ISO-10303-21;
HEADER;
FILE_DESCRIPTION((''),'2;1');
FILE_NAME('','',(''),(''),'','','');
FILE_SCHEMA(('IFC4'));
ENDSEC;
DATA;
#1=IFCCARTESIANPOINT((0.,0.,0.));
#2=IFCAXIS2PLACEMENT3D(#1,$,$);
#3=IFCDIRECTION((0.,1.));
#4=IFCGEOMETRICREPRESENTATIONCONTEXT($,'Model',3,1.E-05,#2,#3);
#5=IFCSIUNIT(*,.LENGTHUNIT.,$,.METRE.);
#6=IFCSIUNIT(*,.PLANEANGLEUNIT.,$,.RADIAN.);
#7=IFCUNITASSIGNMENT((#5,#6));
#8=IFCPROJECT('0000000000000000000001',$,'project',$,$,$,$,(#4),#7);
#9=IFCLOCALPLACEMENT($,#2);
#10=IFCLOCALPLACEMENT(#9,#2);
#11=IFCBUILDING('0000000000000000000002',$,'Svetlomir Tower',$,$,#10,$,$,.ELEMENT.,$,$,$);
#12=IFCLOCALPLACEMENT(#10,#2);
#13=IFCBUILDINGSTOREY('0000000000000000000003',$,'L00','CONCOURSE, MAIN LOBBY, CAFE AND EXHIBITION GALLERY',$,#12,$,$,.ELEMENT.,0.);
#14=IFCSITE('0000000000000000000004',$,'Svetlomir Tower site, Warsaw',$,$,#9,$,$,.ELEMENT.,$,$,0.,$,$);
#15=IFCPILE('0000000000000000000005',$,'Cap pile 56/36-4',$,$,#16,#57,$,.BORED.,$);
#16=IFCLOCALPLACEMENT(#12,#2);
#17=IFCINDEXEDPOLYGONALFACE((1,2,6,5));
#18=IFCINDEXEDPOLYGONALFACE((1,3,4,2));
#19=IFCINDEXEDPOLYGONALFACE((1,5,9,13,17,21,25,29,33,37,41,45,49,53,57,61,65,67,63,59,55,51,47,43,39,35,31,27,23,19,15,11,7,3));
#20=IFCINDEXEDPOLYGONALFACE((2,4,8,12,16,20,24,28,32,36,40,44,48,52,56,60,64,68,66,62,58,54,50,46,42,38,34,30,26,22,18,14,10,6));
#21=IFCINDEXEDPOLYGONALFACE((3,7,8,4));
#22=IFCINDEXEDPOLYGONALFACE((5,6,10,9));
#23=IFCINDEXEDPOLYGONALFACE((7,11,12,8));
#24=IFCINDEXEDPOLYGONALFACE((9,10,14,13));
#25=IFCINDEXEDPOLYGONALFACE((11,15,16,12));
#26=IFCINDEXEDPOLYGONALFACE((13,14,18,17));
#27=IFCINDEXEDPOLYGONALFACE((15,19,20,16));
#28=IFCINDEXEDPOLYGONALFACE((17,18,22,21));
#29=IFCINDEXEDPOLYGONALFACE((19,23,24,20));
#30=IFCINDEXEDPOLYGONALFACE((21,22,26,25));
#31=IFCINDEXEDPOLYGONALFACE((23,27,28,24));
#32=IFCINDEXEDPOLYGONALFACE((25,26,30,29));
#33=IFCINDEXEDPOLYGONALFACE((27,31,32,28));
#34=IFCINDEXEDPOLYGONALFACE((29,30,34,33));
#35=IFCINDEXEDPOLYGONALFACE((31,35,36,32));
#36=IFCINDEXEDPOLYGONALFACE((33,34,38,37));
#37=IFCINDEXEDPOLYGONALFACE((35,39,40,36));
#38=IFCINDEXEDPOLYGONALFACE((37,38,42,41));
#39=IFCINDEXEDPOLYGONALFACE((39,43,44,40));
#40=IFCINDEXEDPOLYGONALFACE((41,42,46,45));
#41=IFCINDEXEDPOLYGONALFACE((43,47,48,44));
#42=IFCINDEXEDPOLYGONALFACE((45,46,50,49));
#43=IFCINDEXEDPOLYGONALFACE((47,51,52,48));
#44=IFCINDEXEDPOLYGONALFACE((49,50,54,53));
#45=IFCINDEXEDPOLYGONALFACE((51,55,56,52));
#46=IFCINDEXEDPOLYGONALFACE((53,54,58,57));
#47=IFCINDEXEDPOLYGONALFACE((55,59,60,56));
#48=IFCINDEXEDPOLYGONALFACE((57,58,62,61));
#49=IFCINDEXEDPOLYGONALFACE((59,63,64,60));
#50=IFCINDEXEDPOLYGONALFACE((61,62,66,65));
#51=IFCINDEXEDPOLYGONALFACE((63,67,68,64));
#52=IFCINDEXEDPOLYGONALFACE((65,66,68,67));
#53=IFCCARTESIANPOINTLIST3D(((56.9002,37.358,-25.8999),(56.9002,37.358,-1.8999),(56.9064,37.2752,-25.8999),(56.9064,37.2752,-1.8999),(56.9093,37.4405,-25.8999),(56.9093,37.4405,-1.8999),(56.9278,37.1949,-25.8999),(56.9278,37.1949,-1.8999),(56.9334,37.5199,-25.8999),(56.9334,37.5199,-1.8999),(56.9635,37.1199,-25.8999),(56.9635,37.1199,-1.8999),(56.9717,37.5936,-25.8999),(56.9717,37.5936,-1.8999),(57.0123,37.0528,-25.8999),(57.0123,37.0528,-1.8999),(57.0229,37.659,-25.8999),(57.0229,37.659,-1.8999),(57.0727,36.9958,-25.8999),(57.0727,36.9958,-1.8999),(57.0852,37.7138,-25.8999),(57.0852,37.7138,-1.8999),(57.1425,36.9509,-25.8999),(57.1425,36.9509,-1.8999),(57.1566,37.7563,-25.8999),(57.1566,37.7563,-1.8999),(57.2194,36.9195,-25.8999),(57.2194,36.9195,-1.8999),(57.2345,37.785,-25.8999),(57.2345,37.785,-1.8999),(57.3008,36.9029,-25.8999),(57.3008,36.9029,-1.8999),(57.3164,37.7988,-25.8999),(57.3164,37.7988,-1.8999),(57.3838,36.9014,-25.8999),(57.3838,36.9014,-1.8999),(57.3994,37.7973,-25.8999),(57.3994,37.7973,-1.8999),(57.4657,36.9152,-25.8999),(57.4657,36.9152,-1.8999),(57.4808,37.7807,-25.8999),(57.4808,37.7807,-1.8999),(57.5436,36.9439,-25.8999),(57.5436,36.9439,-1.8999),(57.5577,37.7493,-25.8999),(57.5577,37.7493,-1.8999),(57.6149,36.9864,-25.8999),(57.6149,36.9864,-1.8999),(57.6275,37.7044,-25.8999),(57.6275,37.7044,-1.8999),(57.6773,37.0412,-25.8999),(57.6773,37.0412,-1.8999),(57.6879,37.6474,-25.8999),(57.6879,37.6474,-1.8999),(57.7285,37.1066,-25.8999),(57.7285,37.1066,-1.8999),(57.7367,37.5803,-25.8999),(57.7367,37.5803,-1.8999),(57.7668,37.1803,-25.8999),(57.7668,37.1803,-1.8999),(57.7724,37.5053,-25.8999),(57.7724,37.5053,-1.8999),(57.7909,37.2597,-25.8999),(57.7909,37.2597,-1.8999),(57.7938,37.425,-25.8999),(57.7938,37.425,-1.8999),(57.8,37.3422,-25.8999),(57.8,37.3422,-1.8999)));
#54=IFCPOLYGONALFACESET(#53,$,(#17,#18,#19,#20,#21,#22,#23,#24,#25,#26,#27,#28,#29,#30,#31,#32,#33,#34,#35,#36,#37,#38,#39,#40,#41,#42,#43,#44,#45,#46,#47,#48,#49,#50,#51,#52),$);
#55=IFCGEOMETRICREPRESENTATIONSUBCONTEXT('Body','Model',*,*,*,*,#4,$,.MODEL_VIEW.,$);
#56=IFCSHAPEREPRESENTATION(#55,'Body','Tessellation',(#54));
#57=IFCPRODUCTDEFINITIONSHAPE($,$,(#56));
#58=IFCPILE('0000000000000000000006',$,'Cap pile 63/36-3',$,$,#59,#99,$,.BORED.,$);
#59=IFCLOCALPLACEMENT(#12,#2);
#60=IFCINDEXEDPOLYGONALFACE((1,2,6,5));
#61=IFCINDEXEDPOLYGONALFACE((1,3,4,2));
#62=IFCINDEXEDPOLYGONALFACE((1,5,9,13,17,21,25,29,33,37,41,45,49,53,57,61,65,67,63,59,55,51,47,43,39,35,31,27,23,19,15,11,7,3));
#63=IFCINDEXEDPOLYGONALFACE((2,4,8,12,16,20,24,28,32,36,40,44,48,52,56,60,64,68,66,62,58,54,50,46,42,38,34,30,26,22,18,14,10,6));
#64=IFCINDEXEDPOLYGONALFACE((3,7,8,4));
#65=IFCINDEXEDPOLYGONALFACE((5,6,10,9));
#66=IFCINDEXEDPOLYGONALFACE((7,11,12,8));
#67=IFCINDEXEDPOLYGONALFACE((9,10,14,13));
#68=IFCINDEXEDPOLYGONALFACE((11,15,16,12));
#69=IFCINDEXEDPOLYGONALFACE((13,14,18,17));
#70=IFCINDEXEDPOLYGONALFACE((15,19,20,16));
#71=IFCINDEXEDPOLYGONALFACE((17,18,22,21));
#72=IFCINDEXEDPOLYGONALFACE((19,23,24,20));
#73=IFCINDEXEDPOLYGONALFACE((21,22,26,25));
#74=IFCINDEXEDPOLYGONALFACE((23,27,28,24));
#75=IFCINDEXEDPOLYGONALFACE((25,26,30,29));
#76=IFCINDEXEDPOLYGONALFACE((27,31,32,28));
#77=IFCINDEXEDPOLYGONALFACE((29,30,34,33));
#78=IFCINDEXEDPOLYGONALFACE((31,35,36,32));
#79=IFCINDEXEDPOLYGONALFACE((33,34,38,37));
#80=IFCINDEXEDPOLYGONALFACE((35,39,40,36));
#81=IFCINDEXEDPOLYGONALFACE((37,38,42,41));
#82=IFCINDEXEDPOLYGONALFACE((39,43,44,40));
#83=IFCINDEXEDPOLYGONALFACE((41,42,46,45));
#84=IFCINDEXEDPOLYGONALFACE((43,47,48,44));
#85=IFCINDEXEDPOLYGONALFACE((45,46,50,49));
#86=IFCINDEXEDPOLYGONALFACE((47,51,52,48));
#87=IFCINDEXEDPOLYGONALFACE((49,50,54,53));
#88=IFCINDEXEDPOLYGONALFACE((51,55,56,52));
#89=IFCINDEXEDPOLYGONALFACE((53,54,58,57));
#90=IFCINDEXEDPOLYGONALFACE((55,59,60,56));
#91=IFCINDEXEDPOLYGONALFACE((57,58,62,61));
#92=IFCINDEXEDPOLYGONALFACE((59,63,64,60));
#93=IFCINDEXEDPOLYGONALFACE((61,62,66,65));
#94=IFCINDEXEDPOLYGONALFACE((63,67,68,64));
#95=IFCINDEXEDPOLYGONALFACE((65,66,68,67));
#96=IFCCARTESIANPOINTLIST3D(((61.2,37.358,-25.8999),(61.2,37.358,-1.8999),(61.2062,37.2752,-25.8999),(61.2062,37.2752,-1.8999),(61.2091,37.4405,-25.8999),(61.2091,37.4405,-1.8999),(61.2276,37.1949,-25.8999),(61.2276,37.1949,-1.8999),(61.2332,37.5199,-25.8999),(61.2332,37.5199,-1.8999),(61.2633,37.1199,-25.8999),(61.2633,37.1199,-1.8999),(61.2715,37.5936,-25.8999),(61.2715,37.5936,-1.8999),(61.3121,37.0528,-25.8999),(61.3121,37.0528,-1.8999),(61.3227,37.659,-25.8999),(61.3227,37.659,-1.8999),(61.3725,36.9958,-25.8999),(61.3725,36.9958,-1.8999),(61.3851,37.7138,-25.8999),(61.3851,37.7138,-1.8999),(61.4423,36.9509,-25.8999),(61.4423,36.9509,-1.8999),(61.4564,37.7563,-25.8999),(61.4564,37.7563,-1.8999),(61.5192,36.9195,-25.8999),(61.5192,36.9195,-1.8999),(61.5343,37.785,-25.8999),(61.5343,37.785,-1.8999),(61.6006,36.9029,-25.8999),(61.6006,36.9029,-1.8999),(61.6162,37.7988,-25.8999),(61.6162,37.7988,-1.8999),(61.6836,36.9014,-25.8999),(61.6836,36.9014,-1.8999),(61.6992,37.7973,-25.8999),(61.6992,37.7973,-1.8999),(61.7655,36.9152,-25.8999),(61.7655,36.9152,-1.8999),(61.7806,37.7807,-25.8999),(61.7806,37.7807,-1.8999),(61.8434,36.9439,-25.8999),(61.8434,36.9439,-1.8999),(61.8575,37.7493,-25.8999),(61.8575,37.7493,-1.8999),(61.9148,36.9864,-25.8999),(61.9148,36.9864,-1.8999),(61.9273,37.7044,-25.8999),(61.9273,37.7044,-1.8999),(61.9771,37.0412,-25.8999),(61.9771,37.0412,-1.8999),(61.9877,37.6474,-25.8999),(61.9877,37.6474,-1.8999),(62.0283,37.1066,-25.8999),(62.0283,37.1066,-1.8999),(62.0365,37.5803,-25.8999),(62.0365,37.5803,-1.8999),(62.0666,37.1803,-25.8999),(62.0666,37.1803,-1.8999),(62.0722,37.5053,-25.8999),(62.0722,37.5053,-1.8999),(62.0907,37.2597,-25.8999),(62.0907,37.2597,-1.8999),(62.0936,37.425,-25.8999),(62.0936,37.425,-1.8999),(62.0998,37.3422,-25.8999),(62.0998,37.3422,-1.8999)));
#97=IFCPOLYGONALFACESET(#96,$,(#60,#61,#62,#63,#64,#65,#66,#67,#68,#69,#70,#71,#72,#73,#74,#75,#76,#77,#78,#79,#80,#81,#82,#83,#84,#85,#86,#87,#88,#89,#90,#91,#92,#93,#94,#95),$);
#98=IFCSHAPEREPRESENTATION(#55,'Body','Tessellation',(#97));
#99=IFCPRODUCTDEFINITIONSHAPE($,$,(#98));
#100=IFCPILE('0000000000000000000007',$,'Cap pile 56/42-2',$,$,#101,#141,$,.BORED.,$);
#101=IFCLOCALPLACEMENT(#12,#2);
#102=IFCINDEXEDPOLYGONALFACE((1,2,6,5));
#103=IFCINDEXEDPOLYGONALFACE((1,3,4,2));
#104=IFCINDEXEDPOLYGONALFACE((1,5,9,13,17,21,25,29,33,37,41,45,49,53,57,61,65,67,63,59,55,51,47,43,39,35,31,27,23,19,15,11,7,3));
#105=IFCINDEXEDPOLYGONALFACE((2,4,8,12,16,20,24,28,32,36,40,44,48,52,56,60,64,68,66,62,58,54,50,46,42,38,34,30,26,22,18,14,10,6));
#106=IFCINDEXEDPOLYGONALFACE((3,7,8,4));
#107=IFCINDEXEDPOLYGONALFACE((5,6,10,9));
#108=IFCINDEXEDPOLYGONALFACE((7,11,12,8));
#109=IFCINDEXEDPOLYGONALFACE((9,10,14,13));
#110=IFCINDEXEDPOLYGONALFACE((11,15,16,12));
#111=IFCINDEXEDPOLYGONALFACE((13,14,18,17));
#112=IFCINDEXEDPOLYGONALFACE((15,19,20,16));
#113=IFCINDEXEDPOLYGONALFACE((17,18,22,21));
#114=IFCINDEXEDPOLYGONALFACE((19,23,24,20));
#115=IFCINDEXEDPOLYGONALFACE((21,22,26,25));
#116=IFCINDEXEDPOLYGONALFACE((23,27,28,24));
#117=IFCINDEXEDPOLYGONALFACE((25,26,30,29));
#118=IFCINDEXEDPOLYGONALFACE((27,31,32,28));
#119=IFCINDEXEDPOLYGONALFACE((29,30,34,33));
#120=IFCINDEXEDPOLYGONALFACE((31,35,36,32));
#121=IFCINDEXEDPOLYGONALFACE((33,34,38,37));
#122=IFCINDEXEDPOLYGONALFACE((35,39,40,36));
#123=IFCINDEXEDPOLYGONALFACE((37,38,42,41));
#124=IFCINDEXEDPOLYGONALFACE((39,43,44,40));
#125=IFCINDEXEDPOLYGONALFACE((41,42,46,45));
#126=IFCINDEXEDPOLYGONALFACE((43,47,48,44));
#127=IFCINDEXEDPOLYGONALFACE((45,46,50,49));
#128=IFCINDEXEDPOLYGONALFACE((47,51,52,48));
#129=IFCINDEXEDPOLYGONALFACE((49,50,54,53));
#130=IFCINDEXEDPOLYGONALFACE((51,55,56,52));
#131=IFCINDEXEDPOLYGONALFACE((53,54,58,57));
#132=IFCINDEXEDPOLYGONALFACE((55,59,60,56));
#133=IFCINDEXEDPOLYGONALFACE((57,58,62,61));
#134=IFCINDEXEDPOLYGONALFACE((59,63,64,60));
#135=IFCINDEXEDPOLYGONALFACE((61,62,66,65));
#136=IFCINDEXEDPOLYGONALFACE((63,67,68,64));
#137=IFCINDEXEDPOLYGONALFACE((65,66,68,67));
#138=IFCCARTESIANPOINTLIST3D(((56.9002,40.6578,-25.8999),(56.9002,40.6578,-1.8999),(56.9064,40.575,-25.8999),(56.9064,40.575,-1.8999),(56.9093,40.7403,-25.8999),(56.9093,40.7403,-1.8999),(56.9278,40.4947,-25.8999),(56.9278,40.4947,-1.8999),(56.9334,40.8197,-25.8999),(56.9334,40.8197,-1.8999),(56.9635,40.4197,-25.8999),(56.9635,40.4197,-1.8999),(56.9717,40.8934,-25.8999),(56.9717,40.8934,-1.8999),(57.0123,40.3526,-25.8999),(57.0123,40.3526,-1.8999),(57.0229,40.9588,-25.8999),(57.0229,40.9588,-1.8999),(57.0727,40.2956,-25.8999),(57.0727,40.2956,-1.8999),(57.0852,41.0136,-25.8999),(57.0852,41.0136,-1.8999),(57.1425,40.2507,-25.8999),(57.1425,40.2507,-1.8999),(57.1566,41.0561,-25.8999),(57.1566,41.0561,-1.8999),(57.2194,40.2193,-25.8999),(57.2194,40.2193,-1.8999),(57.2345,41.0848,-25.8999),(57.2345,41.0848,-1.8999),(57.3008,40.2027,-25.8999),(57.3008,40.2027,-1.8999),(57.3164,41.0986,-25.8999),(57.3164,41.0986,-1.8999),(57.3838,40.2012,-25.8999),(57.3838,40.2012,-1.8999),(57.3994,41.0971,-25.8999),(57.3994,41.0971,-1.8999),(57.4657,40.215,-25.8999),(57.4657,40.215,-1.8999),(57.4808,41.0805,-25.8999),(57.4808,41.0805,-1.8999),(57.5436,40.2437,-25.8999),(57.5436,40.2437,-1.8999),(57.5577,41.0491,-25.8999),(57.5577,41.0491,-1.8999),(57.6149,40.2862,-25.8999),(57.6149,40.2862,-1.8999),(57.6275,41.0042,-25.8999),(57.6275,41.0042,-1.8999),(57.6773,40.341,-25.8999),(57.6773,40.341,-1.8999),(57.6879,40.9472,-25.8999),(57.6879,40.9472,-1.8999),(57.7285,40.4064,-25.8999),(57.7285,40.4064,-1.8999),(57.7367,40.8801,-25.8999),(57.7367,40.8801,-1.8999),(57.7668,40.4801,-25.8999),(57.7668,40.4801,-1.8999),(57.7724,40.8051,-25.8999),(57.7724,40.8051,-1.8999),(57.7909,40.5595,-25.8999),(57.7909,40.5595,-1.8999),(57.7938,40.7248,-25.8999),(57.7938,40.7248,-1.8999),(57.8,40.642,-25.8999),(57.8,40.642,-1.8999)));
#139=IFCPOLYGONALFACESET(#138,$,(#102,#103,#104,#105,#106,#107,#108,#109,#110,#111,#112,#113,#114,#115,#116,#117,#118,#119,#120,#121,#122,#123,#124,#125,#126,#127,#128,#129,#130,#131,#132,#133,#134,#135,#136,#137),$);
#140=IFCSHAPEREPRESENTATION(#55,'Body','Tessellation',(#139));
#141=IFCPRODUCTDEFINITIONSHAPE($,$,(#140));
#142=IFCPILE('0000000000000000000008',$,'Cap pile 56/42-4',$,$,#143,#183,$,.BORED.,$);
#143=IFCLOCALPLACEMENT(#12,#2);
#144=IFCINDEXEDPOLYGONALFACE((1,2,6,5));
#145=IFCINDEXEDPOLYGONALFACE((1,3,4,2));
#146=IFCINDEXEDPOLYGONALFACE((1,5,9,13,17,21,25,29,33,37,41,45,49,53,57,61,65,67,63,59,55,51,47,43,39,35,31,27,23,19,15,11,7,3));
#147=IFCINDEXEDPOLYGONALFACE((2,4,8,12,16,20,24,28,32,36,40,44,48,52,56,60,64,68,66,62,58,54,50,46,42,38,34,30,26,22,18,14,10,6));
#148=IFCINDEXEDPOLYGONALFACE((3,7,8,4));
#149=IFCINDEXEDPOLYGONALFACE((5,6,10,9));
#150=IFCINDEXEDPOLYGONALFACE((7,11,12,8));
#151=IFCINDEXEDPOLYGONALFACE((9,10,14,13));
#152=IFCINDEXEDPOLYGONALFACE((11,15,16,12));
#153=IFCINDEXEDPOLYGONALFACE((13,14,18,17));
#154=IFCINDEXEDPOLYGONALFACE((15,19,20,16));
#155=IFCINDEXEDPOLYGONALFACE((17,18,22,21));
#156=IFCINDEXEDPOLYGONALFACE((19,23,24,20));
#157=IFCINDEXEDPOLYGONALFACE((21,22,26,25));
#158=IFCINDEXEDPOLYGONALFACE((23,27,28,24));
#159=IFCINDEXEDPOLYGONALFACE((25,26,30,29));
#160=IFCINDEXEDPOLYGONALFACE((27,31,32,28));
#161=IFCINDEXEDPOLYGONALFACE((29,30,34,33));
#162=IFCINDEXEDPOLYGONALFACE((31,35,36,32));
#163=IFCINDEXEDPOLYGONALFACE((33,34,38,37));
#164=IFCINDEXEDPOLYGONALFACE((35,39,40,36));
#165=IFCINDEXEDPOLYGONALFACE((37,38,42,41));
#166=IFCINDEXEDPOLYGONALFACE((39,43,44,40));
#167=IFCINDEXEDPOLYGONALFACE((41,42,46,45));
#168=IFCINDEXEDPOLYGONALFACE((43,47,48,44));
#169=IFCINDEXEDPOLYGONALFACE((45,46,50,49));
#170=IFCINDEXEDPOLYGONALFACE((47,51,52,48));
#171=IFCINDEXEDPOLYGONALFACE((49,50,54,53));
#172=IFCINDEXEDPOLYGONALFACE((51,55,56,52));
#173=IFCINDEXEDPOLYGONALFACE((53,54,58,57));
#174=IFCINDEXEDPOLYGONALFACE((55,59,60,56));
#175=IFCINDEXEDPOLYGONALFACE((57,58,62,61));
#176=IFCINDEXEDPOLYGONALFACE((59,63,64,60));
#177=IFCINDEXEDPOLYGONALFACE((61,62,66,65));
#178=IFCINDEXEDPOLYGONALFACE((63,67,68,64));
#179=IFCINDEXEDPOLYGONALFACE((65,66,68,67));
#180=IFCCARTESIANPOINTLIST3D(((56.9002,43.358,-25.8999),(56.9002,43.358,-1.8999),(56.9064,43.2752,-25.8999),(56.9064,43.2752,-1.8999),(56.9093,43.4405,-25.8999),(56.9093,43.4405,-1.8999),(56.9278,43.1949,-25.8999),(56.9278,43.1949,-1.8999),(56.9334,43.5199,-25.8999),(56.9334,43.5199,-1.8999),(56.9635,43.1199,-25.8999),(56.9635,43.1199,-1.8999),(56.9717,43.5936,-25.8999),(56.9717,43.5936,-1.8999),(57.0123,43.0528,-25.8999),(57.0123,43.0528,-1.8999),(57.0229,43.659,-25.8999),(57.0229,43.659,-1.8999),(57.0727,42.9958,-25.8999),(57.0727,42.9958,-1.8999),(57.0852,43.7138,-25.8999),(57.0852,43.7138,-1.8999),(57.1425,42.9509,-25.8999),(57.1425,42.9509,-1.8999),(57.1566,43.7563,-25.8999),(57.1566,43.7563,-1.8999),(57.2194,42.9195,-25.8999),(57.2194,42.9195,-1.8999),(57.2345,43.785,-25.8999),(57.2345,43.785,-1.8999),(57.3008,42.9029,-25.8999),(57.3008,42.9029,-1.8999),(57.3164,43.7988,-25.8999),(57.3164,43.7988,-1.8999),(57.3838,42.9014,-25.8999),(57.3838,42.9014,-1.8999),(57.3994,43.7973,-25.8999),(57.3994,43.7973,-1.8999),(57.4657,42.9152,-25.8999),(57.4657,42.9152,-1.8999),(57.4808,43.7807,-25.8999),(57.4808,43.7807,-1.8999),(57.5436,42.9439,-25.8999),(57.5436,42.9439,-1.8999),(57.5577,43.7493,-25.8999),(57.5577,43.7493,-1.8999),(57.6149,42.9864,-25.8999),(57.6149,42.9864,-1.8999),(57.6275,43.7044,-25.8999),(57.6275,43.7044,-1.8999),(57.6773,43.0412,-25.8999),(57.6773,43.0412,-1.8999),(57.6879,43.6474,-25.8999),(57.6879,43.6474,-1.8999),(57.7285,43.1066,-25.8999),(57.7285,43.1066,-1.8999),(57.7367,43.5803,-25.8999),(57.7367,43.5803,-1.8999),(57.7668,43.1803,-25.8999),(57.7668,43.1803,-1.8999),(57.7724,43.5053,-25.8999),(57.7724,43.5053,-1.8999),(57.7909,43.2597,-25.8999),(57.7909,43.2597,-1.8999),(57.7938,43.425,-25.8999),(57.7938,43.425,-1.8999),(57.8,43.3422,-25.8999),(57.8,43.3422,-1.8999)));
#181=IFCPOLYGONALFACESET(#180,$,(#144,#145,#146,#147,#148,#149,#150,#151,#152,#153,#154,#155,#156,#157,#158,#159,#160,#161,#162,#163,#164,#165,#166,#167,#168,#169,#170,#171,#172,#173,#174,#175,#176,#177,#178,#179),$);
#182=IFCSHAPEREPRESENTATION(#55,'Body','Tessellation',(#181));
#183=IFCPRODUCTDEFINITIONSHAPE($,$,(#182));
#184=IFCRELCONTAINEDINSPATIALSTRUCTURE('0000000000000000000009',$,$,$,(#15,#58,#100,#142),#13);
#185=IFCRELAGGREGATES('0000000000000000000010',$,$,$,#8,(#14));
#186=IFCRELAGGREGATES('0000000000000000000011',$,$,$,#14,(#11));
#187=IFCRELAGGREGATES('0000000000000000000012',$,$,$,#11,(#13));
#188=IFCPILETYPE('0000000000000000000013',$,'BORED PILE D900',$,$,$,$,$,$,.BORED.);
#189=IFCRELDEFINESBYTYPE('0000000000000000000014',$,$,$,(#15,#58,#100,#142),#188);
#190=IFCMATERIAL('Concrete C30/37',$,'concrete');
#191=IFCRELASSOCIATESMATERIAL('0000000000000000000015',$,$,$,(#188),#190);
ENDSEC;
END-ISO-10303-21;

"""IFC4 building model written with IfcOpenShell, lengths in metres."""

from ifc_helpers import new_model, si_unit, direction, frame, frame_2d, origin, origin_2d, place, context, subcontext, project, spatial, circle, extrude, material, material_profile, profile_set, type_object, element, save


model = new_model("IFC4")

# Units and contexts
model_context = context("Model", 3, precision=1e-05, world=origin(), true_north=direction((0.0, 1.0)))
body_context = subcontext(model_context, "Body", "Model", "MODEL_VIEW")
ifc_project = project(units=[si_unit("LENGTHUNIT", "METRE"), si_unit("PLANEANGLEUNIT", "RADIAN")], contexts=[model_context])

# Site, building, storey
site_placement = place(None, origin())
site = spatial("IfcSite", under=ifc_project, at=site_placement, Name="Svetlomir Tower site, Warsaw", CompositionType="ELEMENT", RefElevation=0.0)
building_placement = place(site_placement, origin())
building = spatial("IfcBuilding", under=site, at=building_placement, Name="Svetlomir Tower", CompositionType="ELEMENT")
storey_placement = place(building_placement, origin())
storey = spatial("IfcBuildingStorey", under=building, at=storey_placement, Name="L00", Description="CONCOURSE, MAIN LOBBY, CAFE AND EXHIBITION GALLERY", CompositionType="ELEMENT", Elevation=0.0)

# Piles
ifc_material_1 = material(Name="Concrete C30/37", Category="concrete")
ifc_material_profile_1 = material_profile(ifc_material_1, circle(Radius=0.45, at=origin_2d()), Name="RC D900")
ifc_profile_set_1 = profile_set([ifc_material_profile_1], Name="Concrete C30/37")
pile_type = type_object("IfcPileType", Name="BORED PILE D900", PredefinedType="BORED", material=ifc_profile_set_1)
for number, where, z_axis, x_axis, name in (
    (1, (57.3501, 37.3501, -1.8999), (0.0, 0.0, -1.0), (1.0, 0.0, 0.0), "Cap pile 56/36-4"),
    (2, (61.6499, 37.3501, -1.8999), (0.0, 0.0, -1.0), (1.0, 0.0, 0.0), "Cap pile 63/36-3"),
    (3, (57.3501, 40.6499, -1.8999), (0.0, 0.0, -1.0), (1.0, 0.0, 0.0), "Cap pile 56/42-2"),
    (4, (57.3501, 43.3501, -1.8999), (0.0, 0.0, -1.0), (1.0, 0.0, 0.0), "Cap pile 56/42-4"),
):
    element("IfcPile", number, at=place(storey_placement, frame(where, z_axis=z_axis, x_axis=x_axis)), inside=storey, type_object=pile_type, Name=name, PredefinedType="BORED", context=body_context, shape_type="SweptSolid", body=[
        extrude(circle(Radius=0.45, at=frame_2d((0.0, 0.0), x_axis=(0.999848, 0.017452))), origin(), (0.0, 0.0, 1.0), 24.0),
    ])

save(model, "model.ifc")
